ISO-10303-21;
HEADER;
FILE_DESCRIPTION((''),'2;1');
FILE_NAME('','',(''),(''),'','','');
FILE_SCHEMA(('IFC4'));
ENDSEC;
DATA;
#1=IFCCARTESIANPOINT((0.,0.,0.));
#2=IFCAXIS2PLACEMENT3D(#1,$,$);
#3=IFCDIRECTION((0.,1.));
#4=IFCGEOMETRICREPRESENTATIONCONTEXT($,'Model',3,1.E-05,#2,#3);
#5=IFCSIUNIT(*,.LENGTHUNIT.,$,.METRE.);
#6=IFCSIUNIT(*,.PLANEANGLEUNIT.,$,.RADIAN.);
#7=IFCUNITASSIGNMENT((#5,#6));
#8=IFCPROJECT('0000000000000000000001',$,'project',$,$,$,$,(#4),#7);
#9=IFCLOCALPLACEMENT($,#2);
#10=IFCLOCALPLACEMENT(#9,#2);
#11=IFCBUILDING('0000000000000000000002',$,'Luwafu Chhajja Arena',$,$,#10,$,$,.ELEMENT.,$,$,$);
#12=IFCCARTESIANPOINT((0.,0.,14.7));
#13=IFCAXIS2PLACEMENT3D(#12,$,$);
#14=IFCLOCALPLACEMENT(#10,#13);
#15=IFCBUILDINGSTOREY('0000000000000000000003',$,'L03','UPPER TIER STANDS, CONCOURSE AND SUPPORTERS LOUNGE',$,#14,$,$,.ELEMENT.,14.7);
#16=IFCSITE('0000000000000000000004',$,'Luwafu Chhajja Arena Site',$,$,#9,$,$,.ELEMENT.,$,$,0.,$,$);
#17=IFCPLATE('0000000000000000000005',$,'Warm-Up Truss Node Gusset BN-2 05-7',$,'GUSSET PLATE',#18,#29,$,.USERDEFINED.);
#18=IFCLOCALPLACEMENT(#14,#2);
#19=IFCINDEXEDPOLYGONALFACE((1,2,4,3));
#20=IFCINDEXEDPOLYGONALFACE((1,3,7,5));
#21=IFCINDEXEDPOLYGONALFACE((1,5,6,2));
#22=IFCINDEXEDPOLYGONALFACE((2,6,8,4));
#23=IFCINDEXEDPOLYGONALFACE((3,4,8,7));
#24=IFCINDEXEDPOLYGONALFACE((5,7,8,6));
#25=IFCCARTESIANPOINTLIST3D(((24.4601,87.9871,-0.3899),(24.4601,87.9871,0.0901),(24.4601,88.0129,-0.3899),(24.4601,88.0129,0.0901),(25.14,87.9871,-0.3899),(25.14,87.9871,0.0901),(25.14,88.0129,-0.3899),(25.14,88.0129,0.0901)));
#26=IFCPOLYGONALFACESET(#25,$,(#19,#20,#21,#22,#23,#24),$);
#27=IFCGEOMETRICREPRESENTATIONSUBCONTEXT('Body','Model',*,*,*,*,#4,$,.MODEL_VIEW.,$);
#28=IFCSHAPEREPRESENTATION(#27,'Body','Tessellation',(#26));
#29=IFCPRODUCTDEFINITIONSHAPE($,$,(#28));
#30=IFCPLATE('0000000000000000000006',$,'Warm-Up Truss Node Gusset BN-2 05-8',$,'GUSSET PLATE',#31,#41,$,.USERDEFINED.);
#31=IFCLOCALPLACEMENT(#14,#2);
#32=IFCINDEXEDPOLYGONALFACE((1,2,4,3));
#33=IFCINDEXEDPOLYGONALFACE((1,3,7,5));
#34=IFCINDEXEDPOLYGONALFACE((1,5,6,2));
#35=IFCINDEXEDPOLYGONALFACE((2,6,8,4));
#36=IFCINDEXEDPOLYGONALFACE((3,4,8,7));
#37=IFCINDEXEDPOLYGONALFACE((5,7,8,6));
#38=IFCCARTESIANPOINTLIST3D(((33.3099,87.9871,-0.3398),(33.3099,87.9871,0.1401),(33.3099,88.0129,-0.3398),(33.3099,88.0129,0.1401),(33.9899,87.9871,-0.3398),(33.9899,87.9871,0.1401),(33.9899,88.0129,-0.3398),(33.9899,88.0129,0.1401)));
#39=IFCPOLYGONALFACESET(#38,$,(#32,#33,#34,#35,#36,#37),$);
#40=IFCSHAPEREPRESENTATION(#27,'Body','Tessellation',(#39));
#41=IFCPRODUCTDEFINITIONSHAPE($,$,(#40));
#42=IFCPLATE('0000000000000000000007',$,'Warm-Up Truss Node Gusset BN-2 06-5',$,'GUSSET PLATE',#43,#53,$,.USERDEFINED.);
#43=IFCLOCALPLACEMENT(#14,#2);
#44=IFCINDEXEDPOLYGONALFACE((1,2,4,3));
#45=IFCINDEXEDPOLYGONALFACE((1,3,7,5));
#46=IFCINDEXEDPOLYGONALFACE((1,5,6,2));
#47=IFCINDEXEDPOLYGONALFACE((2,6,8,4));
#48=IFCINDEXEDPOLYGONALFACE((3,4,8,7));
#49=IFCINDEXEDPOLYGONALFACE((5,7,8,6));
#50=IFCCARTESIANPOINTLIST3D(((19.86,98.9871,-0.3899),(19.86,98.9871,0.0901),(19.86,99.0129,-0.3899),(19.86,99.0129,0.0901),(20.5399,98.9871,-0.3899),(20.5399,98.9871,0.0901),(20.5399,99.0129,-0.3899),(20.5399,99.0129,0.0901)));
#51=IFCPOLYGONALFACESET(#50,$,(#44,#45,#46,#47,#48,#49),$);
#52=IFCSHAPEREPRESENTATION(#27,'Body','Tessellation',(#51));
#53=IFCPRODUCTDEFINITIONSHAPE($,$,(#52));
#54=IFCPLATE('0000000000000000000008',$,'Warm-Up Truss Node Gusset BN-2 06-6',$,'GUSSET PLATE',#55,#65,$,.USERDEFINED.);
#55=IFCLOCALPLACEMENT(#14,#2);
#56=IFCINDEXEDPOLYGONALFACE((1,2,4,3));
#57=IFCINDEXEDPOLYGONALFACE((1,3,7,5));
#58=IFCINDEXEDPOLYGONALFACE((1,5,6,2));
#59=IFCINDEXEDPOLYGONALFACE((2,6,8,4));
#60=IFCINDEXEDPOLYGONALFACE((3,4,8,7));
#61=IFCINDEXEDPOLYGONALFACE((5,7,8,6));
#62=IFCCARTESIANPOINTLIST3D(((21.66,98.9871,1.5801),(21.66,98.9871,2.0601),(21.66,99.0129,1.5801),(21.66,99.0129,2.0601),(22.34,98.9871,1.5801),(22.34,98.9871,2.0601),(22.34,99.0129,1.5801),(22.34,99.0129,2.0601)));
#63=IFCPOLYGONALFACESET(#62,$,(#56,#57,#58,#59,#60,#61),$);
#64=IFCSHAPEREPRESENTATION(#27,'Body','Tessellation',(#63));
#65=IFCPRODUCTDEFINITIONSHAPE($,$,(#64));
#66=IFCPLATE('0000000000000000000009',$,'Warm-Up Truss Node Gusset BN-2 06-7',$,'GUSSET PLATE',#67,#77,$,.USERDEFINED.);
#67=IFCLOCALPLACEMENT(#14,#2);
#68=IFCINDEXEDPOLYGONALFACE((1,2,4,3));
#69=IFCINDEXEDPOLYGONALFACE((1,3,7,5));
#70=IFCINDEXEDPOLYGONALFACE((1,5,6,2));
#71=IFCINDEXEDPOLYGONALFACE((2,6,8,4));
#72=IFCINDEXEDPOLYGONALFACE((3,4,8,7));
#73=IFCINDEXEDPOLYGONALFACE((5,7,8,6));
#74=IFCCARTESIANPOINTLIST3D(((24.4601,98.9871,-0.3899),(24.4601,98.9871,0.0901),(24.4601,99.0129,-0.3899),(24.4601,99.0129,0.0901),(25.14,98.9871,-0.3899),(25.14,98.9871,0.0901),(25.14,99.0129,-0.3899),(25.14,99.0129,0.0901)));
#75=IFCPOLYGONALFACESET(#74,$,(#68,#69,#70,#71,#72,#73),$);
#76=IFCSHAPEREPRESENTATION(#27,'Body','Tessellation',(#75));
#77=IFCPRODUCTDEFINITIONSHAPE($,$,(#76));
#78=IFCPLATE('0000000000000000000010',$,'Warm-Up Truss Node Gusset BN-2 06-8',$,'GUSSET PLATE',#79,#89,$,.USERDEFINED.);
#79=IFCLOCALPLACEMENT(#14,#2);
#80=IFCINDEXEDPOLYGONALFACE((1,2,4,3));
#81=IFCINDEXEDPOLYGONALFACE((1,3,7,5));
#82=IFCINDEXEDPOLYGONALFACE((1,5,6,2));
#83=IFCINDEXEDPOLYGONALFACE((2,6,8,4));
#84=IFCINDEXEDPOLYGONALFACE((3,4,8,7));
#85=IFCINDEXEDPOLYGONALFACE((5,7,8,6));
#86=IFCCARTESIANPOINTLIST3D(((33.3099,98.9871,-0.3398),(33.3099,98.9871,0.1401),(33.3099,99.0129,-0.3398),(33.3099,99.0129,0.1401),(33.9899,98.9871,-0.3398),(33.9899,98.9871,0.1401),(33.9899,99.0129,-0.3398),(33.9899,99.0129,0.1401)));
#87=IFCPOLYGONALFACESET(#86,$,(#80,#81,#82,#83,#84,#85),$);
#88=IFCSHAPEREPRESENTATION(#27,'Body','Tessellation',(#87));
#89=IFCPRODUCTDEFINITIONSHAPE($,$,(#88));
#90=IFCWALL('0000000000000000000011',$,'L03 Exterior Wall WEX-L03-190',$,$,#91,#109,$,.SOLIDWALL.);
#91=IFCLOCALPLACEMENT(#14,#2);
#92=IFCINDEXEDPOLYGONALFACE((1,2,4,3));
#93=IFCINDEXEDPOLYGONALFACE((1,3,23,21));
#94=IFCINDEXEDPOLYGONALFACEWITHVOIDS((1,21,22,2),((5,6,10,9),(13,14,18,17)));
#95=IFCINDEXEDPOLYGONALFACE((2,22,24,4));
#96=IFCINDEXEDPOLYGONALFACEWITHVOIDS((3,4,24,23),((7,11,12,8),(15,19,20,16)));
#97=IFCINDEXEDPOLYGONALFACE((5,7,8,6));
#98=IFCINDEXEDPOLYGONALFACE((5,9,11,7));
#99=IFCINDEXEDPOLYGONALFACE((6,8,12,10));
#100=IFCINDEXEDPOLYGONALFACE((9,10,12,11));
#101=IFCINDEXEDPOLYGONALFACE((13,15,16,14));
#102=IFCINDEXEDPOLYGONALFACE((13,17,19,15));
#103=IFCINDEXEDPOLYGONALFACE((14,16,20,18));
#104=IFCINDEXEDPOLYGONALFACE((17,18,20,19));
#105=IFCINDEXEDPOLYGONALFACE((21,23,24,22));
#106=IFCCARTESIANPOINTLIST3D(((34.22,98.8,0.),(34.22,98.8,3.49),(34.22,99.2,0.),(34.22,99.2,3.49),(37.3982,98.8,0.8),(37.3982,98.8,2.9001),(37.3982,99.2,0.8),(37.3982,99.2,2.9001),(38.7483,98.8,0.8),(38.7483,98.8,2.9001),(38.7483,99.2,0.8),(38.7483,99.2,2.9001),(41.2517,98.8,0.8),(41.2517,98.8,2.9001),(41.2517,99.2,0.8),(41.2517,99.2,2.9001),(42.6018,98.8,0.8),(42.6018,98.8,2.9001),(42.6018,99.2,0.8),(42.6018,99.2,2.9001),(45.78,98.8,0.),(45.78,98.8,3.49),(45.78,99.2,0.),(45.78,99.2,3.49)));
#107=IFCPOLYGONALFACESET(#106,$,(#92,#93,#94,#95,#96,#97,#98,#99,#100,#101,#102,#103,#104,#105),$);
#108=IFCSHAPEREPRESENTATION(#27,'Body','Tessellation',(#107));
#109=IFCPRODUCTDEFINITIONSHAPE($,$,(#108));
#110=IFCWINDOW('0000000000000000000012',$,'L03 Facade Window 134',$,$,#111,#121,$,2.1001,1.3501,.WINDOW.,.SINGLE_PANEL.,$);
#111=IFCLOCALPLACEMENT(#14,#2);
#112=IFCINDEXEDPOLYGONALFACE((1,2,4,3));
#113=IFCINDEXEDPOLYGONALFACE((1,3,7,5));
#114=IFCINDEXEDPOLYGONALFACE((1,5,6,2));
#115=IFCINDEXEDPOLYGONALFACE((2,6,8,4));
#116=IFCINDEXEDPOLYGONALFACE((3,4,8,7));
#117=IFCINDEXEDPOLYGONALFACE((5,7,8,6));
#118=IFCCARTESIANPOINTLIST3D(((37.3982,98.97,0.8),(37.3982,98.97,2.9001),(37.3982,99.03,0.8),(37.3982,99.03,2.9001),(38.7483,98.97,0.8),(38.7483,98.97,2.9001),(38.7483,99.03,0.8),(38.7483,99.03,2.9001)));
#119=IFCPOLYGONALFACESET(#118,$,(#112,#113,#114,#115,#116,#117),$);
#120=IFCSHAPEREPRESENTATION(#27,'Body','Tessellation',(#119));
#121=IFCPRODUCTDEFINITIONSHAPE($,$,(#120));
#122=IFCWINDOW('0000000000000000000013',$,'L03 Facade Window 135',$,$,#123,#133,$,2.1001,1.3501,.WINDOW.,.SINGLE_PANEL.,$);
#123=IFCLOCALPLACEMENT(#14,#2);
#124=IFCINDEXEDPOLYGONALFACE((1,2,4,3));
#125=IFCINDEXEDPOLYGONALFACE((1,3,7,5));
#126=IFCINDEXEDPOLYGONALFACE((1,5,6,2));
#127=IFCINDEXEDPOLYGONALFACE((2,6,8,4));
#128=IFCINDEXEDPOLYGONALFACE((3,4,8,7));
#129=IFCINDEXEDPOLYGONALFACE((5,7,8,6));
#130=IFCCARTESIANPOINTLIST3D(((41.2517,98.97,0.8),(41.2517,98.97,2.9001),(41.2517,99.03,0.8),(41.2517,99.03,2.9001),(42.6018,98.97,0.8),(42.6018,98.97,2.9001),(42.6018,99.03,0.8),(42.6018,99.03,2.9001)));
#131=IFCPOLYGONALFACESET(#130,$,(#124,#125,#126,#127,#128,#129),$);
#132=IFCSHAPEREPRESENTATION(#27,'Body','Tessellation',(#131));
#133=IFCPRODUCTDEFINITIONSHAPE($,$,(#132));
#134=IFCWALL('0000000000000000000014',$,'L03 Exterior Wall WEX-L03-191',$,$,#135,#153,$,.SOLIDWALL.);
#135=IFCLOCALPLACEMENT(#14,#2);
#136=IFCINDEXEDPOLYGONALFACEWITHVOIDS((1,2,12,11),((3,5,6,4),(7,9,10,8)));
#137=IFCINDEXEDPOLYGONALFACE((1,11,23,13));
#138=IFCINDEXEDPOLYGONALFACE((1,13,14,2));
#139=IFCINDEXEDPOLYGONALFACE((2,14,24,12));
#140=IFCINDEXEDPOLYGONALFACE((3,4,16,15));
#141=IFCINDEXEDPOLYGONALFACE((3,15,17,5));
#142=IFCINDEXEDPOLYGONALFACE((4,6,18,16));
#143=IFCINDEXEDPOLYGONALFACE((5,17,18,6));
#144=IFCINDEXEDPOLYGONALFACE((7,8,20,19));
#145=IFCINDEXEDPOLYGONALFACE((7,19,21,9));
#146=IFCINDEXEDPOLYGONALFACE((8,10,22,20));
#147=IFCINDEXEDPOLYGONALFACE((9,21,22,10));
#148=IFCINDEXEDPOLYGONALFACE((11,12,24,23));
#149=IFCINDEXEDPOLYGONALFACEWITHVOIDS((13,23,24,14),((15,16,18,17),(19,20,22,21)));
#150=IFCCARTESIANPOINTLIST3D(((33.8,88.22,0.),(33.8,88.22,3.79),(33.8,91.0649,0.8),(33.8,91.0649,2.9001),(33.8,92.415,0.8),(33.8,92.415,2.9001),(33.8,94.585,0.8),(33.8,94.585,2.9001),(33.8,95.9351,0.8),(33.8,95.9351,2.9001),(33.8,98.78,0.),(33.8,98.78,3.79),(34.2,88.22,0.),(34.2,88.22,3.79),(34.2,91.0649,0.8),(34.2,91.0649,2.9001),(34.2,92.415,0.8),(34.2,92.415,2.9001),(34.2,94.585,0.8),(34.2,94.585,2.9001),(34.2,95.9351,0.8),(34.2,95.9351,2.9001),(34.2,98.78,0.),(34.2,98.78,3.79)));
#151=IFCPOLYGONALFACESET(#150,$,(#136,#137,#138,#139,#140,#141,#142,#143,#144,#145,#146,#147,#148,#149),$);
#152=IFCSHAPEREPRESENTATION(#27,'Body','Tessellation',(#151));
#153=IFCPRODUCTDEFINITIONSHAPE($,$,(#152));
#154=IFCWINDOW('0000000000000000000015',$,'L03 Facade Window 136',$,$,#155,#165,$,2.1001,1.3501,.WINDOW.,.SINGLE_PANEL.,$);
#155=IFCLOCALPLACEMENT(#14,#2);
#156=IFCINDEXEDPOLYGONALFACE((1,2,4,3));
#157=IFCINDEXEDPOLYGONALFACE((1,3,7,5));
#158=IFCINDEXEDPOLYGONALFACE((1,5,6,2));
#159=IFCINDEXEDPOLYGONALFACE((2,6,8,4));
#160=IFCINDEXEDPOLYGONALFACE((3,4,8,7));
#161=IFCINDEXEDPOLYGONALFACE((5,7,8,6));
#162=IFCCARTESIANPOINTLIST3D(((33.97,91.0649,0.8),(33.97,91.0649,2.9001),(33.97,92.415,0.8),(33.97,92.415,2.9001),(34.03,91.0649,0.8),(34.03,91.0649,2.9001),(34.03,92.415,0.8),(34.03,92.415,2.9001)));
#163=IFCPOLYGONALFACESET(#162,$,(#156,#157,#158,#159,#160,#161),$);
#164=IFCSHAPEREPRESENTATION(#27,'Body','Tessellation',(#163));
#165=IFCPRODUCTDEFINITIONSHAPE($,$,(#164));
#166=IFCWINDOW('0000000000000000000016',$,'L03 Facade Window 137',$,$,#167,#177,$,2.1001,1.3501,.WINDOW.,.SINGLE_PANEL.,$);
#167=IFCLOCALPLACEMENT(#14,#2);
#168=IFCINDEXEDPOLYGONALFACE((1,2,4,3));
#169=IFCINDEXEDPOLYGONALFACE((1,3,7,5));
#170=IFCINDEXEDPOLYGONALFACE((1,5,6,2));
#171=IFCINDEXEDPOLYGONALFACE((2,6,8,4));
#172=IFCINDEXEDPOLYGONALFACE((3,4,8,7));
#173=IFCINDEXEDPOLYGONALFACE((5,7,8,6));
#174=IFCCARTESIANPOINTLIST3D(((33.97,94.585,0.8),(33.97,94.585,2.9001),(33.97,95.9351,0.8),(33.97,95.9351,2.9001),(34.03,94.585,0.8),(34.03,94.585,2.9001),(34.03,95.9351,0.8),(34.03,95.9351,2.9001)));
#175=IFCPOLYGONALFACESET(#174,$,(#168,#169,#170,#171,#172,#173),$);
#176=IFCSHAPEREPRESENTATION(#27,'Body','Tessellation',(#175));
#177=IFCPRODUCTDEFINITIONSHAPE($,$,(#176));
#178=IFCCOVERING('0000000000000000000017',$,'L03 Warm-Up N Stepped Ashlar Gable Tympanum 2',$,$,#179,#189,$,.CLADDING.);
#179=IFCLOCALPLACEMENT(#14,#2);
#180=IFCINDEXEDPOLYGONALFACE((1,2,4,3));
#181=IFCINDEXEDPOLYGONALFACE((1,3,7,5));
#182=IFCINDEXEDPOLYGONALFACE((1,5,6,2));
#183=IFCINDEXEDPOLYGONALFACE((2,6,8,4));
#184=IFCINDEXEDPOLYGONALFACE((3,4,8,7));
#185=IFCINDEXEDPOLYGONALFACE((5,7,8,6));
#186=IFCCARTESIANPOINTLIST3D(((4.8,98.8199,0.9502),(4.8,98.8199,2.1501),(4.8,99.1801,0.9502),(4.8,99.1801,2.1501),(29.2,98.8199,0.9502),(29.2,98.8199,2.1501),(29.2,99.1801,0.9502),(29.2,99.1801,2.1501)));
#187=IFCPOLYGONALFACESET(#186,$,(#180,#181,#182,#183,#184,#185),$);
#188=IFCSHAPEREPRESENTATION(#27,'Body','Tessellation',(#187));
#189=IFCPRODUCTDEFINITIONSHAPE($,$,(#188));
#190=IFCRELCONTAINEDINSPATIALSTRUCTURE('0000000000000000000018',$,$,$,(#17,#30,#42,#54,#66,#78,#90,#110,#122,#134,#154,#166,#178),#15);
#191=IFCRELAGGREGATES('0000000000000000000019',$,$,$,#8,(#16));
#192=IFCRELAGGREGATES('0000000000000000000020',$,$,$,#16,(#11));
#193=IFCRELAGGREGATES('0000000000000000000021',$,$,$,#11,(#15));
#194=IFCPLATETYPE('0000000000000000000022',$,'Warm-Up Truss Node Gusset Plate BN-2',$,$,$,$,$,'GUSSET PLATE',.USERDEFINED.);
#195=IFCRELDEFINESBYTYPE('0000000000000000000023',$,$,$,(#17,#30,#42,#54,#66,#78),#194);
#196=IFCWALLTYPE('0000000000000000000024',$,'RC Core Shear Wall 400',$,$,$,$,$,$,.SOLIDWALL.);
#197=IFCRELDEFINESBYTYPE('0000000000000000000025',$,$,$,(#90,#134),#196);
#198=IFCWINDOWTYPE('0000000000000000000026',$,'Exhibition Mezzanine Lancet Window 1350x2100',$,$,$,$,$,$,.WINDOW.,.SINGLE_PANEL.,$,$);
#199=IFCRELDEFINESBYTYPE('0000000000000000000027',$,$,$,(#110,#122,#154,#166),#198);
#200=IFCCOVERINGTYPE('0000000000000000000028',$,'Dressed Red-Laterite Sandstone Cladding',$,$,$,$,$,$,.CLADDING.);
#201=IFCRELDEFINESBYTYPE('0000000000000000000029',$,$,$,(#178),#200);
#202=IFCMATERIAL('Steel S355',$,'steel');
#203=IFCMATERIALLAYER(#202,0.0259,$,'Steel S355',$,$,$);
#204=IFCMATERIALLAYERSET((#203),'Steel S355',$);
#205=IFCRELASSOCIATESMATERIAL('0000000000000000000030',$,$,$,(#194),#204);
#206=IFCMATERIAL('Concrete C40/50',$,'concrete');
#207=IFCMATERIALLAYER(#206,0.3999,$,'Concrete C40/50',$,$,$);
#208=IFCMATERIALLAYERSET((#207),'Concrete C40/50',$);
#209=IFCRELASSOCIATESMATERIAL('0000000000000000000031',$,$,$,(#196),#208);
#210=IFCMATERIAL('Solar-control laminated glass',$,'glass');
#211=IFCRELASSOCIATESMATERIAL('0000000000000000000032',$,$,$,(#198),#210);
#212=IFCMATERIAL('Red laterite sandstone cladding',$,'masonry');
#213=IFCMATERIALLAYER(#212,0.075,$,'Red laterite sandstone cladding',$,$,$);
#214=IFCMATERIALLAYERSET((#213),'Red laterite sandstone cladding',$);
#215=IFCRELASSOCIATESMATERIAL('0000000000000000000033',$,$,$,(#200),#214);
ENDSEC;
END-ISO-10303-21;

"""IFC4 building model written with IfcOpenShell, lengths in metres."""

from ifc_helpers import new_model, si_unit, direction, frame, frame_2d, origin, origin_2d, place, context, subcontext, project, spatial, rectangle, extrude, material, layer, layer_set, type_object, element, fill, save


model = new_model("IFC4")

# Units and contexts
model_context = context("Model", 3, precision=1e-05, world=origin(), true_north=direction((0.0, 1.0)))
body_context = subcontext(model_context, "Body", "Model", "MODEL_VIEW")
ifc_project = project(units=[si_unit("LENGTHUNIT", "METRE"), si_unit("PLANEANGLEUNIT", "RADIAN")], contexts=[model_context])

# Site, building, storey
site_placement = place(None, origin())
site = spatial("IfcSite", under=ifc_project, at=site_placement, Name="Luwafu Chhajja Arena Site", CompositionType="ELEMENT", RefElevation=0.0)
building_placement = place(site_placement, origin())
building = spatial("IfcBuilding", under=site, at=building_placement, Name="Luwafu Chhajja Arena", CompositionType="ELEMENT")
storey_placement = place(building_placement, frame((0.0, 0.0, 14.7)))
storey = spatial("IfcBuildingStorey", under=building, at=storey_placement, Name="L03", Description="UPPER TIER STANDS, CONCOURSE AND SUPPORTERS LOUNGE", CompositionType="ELEMENT", Elevation=14.7)

# Shared definitions
ifc_material_1 = material(Name="Steel S355", Category="steel")

# Plates
ifc_layer_1 = layer(ifc_material_1, 0.0259, Name="Steel S355")
ifc_layer_set_1 = layer_set([ifc_layer_1], Name="Steel S355")
plate_type_1 = type_object("IfcPlateType", Name="Warm-Up Truss Node Gusset Plate BN-2", ElementType="GUSSET PLATE", PredefinedType="USERDEFINED", material=ifc_layer_set_1)
for number, where, z_axis, x_axis, name in (
    (1, (24.8, 88.0, -0.3899), (0.0, 0.0, 1.0), (1.0, 0.0, 0.0), "Warm-Up Truss Node Gusset BN-2 05-7"),
    (2, (33.6499, 88.0, -0.3398), (0.0, 0.0, 1.0), (1.0, 0.0, 0.0), "Warm-Up Truss Node Gusset BN-2 05-8"),
    (3, (20.2, 99.0, -0.3899), (0.0, 0.0, 1.0), (1.0, 0.0, 0.0), "Warm-Up Truss Node Gusset BN-2 06-5"),
    (4, (22.0, 99.0, 1.5801), (0.0, 0.0, 1.0), (1.0, 0.0, 0.0), "Warm-Up Truss Node Gusset BN-2 06-6"),
    (5, (24.8, 99.0, -0.3899), (0.0, 0.0, 1.0), (1.0, 0.0, 0.0), "Warm-Up Truss Node Gusset BN-2 06-7"),
    (6, (33.6499, 99.0, -0.3398), (0.0, 0.0, 1.0), (1.0, 0.0, 0.0), "Warm-Up Truss Node Gusset BN-2 06-8"),
):
    element("IfcPlate", number, at=place(storey_placement, frame(where, z_axis=z_axis, x_axis=x_axis)), inside=storey, type_object=plate_type_1, Name=name, ObjectType="GUSSET PLATE", PredefinedType="USERDEFINED", context=body_context, shape_type="SweptSolid", body=[
        extrude(rectangle(XDim=0.6799, YDim=0.0259, at=origin_2d()), origin(), (0.0, 0.0, 1.0), 0.48),
    ])

# Walls, openings, windows
ifc_material_2 = material(Name="Concrete C40/50", Category="concrete")
ifc_layer_2 = layer(ifc_material_2, 0.3999, Name="Concrete C40/50")
ifc_layer_set_2 = layer_set([ifc_layer_2], Name="Concrete C40/50")
wall_type = type_object("IfcWallType", Name="RC Core Shear Wall 400", PredefinedType="SOLIDWALL", material=ifc_layer_set_2)
wall_1_placement = place(storey_placement, frame((34.22, 99.0, 0.0), z_axis=(0.0, 0.0, 1.0), x_axis=(1.0, 0.0, 0.0)))
wall_1 = element("IfcWall", 7, at=wall_1_placement, inside=storey, type_object=wall_type, Name="L03 Exterior Wall WEX-L03-190", PredefinedType="SOLIDWALL", context=body_context, shape_type="SweptSolid", body=[
    extrude(rectangle(XDim=11.5601, YDim=0.3999, at=frame_2d((5.78, 0.0))), origin(), (0.0, 0.0, 1.0), 3.49),
])
opening_1_placement = place(wall_1_placement, frame((3.1782, 0.0, 0.8)))
opening_1 = element("IfcOpeningElement", 8, at=opening_1_placement, cuts=wall_1, PredefinedType="OPENING", context=body_context, shape_type="SweptSolid", body=[
    extrude(rectangle(XDim=1.3501, YDim=2.1001, at=frame_2d((0.675, 1.05))), frame((0.0, 0.21, 0.0), z_axis=(0.0, -1.0, 0.0), x_axis=(1.0, 0.0, 0.0)), (0.0, 0.0, 1.0), 0.4199),
])
opening_2_placement = place(wall_1_placement, frame((7.0317, 0.0, 0.8)))
opening_2 = element("IfcOpeningElement", 9, at=opening_2_placement, cuts=wall_1, PredefinedType="OPENING", context=body_context, shape_type="SweptSolid", body=[
    extrude(rectangle(XDim=1.3501, YDim=2.1001, at=frame_2d((0.675, 1.05))), frame((0.0, 0.21, 0.0), z_axis=(0.0, -1.0, 0.0), x_axis=(1.0, 0.0, 0.0)), (0.0, 0.0, 1.0), 0.4199),
])
ifc_material_3 = material(Name="Solar-control laminated glass", Category="glass")
window_type = type_object("IfcWindowType", Name="Exhibition Mezzanine Lancet Window 1350x2100", PartitioningType="SINGLE_PANEL", PredefinedType="WINDOW", material=ifc_material_3)
window_1_placement = place(opening_1_placement, origin())
window_1 = element("IfcWindow", 10, at=window_1_placement, inside=storey, type_object=window_type, Name="L03 Facade Window 134", OverallHeight=2.1001, OverallWidth=1.3501, PartitioningType="SINGLE_PANEL", PredefinedType="WINDOW", context=body_context, shape_type="SweptSolid", body=[
    extrude(rectangle(XDim=1.3501, YDim=2.1001, at=frame_2d((0.675, 1.05))), frame((0.0, 0.03, 0.0), z_axis=(0.0, -1.0, 0.0), x_axis=(1.0, 0.0, 0.0)), (0.0, 0.0, 1.0), 0.0601),
])
fill(opening_1, window_1)
window_2_placement = place(opening_2_placement, origin())
window_2 = element("IfcWindow", 11, at=window_2_placement, inside=storey, type_object=window_type, Name="L03 Facade Window 135", OverallHeight=2.1001, OverallWidth=1.3501, PartitioningType="SINGLE_PANEL", PredefinedType="WINDOW", context=body_context, shape_type="SweptSolid", body=[
    extrude(rectangle(XDim=1.3501, YDim=2.1001, at=frame_2d((0.675, 1.05))), frame((0.0, 0.03, 0.0), z_axis=(0.0, -1.0, 0.0), x_axis=(1.0, 0.0, 0.0)), (0.0, 0.0, 1.0), 0.0601),
])
fill(opening_2, window_2)
wall_2_placement = place(storey_placement, frame((34.0, 88.22, 0.0), z_axis=(0.0, 0.0, 1.0), x_axis=(0.0, 1.0, 0.0)))
wall_2 = element("IfcWall", 12, at=wall_2_placement, inside=storey, type_object=wall_type, Name="L03 Exterior Wall WEX-L03-191", PredefinedType="SOLIDWALL", context=body_context, shape_type="SweptSolid", body=[
    extrude(rectangle(XDim=10.5601, YDim=0.3999, at=frame_2d((5.28, 0.0))), origin(), (0.0, 0.0, 1.0), 3.79),
])
opening_3_placement = place(wall_2_placement, frame((2.845, 0.0, 0.8)))
opening_3 = element("IfcOpeningElement", 13, at=opening_3_placement, cuts=wall_2, PredefinedType="OPENING", context=body_context, shape_type="SweptSolid", body=[
    extrude(rectangle(XDim=1.3501, YDim=2.1001, at=frame_2d((0.675, 1.05))), frame((0.0, 0.21, 0.0), z_axis=(0.0, -1.0, 0.0), x_axis=(1.0, 0.0, 0.0)), (0.0, 0.0, 1.0), 0.4199),
])
opening_4_placement = place(wall_2_placement, frame((6.365, 0.0, 0.8)))
opening_4 = element("IfcOpeningElement", 14, at=opening_4_placement, cuts=wall_2, PredefinedType="OPENING", context=body_context, shape_type="SweptSolid", body=[
    extrude(rectangle(XDim=1.3501, YDim=2.1001, at=frame_2d((0.675, 1.05))), frame((0.0, 0.21, 0.0), z_axis=(0.0, -1.0, 0.0), x_axis=(1.0, 0.0, 0.0)), (0.0, 0.0, 1.0), 0.4199),
])
window_3_placement = place(opening_3_placement, origin())
window_3 = element("IfcWindow", 15, at=window_3_placement, inside=storey, type_object=window_type, Name="L03 Facade Window 136", OverallHeight=2.1001, OverallWidth=1.3501, PartitioningType="SINGLE_PANEL", PredefinedType="WINDOW", context=body_context, shape_type="SweptSolid", body=[
    extrude(rectangle(XDim=1.3501, YDim=2.1001, at=frame_2d((0.675, 1.05))), frame((0.0, 0.03, 0.0), z_axis=(0.0, -1.0, 0.0), x_axis=(1.0, 0.0, 0.0)), (0.0, 0.0, 1.0), 0.0601),
])
fill(opening_3, window_3)
window_4_placement = place(opening_4_placement, origin())
window_4 = element("IfcWindow", 16, at=window_4_placement, inside=storey, type_object=window_type, Name="L03 Facade Window 137", OverallHeight=2.1001, OverallWidth=1.3501, PartitioningType="SINGLE_PANEL", PredefinedType="WINDOW", context=body_context, shape_type="SweptSolid", body=[
    extrude(rectangle(XDim=1.3501, YDim=2.1001, at=frame_2d((0.675, 1.05))), frame((0.0, 0.03, 0.0), z_axis=(0.0, -1.0, 0.0), x_axis=(1.0, 0.0, 0.0)), (0.0, 0.0, 1.0), 0.0601),
])
fill(opening_4, window_4)

# Covering
ifc_material_4 = material(Name="Red laterite sandstone cladding", Category="masonry")
ifc_layer_3 = layer(ifc_material_4, 0.075, Name="Red laterite sandstone cladding")
ifc_layer_set_3 = layer_set([ifc_layer_3], Name="Red laterite sandstone cladding")
covering_type = type_object("IfcCoveringType", Name="Dressed Red-Laterite Sandstone Cladding", PredefinedType="CLADDING", material=ifc_layer_set_3)
covering_1_placement = place(storey_placement, frame((17.0, 99.0, 0.9502), z_axis=(0.0, 0.0, 1.0), x_axis=(1.0, 0.0, 0.0)))
element("IfcCovering", 17, at=covering_1_placement, inside=storey, type_object=covering_type, Name="L03 Warm-Up N Stepped Ashlar Gable Tympanum 2", PredefinedType="CLADDING", context=body_context, shape_type="SweptSolid", body=[
    extrude(rectangle(XDim=24.3999, YDim=0.3601, at=origin_2d()), origin(), (0.0, 0.0, 1.0), 1.2),
])

save(model, "model.ifc")
